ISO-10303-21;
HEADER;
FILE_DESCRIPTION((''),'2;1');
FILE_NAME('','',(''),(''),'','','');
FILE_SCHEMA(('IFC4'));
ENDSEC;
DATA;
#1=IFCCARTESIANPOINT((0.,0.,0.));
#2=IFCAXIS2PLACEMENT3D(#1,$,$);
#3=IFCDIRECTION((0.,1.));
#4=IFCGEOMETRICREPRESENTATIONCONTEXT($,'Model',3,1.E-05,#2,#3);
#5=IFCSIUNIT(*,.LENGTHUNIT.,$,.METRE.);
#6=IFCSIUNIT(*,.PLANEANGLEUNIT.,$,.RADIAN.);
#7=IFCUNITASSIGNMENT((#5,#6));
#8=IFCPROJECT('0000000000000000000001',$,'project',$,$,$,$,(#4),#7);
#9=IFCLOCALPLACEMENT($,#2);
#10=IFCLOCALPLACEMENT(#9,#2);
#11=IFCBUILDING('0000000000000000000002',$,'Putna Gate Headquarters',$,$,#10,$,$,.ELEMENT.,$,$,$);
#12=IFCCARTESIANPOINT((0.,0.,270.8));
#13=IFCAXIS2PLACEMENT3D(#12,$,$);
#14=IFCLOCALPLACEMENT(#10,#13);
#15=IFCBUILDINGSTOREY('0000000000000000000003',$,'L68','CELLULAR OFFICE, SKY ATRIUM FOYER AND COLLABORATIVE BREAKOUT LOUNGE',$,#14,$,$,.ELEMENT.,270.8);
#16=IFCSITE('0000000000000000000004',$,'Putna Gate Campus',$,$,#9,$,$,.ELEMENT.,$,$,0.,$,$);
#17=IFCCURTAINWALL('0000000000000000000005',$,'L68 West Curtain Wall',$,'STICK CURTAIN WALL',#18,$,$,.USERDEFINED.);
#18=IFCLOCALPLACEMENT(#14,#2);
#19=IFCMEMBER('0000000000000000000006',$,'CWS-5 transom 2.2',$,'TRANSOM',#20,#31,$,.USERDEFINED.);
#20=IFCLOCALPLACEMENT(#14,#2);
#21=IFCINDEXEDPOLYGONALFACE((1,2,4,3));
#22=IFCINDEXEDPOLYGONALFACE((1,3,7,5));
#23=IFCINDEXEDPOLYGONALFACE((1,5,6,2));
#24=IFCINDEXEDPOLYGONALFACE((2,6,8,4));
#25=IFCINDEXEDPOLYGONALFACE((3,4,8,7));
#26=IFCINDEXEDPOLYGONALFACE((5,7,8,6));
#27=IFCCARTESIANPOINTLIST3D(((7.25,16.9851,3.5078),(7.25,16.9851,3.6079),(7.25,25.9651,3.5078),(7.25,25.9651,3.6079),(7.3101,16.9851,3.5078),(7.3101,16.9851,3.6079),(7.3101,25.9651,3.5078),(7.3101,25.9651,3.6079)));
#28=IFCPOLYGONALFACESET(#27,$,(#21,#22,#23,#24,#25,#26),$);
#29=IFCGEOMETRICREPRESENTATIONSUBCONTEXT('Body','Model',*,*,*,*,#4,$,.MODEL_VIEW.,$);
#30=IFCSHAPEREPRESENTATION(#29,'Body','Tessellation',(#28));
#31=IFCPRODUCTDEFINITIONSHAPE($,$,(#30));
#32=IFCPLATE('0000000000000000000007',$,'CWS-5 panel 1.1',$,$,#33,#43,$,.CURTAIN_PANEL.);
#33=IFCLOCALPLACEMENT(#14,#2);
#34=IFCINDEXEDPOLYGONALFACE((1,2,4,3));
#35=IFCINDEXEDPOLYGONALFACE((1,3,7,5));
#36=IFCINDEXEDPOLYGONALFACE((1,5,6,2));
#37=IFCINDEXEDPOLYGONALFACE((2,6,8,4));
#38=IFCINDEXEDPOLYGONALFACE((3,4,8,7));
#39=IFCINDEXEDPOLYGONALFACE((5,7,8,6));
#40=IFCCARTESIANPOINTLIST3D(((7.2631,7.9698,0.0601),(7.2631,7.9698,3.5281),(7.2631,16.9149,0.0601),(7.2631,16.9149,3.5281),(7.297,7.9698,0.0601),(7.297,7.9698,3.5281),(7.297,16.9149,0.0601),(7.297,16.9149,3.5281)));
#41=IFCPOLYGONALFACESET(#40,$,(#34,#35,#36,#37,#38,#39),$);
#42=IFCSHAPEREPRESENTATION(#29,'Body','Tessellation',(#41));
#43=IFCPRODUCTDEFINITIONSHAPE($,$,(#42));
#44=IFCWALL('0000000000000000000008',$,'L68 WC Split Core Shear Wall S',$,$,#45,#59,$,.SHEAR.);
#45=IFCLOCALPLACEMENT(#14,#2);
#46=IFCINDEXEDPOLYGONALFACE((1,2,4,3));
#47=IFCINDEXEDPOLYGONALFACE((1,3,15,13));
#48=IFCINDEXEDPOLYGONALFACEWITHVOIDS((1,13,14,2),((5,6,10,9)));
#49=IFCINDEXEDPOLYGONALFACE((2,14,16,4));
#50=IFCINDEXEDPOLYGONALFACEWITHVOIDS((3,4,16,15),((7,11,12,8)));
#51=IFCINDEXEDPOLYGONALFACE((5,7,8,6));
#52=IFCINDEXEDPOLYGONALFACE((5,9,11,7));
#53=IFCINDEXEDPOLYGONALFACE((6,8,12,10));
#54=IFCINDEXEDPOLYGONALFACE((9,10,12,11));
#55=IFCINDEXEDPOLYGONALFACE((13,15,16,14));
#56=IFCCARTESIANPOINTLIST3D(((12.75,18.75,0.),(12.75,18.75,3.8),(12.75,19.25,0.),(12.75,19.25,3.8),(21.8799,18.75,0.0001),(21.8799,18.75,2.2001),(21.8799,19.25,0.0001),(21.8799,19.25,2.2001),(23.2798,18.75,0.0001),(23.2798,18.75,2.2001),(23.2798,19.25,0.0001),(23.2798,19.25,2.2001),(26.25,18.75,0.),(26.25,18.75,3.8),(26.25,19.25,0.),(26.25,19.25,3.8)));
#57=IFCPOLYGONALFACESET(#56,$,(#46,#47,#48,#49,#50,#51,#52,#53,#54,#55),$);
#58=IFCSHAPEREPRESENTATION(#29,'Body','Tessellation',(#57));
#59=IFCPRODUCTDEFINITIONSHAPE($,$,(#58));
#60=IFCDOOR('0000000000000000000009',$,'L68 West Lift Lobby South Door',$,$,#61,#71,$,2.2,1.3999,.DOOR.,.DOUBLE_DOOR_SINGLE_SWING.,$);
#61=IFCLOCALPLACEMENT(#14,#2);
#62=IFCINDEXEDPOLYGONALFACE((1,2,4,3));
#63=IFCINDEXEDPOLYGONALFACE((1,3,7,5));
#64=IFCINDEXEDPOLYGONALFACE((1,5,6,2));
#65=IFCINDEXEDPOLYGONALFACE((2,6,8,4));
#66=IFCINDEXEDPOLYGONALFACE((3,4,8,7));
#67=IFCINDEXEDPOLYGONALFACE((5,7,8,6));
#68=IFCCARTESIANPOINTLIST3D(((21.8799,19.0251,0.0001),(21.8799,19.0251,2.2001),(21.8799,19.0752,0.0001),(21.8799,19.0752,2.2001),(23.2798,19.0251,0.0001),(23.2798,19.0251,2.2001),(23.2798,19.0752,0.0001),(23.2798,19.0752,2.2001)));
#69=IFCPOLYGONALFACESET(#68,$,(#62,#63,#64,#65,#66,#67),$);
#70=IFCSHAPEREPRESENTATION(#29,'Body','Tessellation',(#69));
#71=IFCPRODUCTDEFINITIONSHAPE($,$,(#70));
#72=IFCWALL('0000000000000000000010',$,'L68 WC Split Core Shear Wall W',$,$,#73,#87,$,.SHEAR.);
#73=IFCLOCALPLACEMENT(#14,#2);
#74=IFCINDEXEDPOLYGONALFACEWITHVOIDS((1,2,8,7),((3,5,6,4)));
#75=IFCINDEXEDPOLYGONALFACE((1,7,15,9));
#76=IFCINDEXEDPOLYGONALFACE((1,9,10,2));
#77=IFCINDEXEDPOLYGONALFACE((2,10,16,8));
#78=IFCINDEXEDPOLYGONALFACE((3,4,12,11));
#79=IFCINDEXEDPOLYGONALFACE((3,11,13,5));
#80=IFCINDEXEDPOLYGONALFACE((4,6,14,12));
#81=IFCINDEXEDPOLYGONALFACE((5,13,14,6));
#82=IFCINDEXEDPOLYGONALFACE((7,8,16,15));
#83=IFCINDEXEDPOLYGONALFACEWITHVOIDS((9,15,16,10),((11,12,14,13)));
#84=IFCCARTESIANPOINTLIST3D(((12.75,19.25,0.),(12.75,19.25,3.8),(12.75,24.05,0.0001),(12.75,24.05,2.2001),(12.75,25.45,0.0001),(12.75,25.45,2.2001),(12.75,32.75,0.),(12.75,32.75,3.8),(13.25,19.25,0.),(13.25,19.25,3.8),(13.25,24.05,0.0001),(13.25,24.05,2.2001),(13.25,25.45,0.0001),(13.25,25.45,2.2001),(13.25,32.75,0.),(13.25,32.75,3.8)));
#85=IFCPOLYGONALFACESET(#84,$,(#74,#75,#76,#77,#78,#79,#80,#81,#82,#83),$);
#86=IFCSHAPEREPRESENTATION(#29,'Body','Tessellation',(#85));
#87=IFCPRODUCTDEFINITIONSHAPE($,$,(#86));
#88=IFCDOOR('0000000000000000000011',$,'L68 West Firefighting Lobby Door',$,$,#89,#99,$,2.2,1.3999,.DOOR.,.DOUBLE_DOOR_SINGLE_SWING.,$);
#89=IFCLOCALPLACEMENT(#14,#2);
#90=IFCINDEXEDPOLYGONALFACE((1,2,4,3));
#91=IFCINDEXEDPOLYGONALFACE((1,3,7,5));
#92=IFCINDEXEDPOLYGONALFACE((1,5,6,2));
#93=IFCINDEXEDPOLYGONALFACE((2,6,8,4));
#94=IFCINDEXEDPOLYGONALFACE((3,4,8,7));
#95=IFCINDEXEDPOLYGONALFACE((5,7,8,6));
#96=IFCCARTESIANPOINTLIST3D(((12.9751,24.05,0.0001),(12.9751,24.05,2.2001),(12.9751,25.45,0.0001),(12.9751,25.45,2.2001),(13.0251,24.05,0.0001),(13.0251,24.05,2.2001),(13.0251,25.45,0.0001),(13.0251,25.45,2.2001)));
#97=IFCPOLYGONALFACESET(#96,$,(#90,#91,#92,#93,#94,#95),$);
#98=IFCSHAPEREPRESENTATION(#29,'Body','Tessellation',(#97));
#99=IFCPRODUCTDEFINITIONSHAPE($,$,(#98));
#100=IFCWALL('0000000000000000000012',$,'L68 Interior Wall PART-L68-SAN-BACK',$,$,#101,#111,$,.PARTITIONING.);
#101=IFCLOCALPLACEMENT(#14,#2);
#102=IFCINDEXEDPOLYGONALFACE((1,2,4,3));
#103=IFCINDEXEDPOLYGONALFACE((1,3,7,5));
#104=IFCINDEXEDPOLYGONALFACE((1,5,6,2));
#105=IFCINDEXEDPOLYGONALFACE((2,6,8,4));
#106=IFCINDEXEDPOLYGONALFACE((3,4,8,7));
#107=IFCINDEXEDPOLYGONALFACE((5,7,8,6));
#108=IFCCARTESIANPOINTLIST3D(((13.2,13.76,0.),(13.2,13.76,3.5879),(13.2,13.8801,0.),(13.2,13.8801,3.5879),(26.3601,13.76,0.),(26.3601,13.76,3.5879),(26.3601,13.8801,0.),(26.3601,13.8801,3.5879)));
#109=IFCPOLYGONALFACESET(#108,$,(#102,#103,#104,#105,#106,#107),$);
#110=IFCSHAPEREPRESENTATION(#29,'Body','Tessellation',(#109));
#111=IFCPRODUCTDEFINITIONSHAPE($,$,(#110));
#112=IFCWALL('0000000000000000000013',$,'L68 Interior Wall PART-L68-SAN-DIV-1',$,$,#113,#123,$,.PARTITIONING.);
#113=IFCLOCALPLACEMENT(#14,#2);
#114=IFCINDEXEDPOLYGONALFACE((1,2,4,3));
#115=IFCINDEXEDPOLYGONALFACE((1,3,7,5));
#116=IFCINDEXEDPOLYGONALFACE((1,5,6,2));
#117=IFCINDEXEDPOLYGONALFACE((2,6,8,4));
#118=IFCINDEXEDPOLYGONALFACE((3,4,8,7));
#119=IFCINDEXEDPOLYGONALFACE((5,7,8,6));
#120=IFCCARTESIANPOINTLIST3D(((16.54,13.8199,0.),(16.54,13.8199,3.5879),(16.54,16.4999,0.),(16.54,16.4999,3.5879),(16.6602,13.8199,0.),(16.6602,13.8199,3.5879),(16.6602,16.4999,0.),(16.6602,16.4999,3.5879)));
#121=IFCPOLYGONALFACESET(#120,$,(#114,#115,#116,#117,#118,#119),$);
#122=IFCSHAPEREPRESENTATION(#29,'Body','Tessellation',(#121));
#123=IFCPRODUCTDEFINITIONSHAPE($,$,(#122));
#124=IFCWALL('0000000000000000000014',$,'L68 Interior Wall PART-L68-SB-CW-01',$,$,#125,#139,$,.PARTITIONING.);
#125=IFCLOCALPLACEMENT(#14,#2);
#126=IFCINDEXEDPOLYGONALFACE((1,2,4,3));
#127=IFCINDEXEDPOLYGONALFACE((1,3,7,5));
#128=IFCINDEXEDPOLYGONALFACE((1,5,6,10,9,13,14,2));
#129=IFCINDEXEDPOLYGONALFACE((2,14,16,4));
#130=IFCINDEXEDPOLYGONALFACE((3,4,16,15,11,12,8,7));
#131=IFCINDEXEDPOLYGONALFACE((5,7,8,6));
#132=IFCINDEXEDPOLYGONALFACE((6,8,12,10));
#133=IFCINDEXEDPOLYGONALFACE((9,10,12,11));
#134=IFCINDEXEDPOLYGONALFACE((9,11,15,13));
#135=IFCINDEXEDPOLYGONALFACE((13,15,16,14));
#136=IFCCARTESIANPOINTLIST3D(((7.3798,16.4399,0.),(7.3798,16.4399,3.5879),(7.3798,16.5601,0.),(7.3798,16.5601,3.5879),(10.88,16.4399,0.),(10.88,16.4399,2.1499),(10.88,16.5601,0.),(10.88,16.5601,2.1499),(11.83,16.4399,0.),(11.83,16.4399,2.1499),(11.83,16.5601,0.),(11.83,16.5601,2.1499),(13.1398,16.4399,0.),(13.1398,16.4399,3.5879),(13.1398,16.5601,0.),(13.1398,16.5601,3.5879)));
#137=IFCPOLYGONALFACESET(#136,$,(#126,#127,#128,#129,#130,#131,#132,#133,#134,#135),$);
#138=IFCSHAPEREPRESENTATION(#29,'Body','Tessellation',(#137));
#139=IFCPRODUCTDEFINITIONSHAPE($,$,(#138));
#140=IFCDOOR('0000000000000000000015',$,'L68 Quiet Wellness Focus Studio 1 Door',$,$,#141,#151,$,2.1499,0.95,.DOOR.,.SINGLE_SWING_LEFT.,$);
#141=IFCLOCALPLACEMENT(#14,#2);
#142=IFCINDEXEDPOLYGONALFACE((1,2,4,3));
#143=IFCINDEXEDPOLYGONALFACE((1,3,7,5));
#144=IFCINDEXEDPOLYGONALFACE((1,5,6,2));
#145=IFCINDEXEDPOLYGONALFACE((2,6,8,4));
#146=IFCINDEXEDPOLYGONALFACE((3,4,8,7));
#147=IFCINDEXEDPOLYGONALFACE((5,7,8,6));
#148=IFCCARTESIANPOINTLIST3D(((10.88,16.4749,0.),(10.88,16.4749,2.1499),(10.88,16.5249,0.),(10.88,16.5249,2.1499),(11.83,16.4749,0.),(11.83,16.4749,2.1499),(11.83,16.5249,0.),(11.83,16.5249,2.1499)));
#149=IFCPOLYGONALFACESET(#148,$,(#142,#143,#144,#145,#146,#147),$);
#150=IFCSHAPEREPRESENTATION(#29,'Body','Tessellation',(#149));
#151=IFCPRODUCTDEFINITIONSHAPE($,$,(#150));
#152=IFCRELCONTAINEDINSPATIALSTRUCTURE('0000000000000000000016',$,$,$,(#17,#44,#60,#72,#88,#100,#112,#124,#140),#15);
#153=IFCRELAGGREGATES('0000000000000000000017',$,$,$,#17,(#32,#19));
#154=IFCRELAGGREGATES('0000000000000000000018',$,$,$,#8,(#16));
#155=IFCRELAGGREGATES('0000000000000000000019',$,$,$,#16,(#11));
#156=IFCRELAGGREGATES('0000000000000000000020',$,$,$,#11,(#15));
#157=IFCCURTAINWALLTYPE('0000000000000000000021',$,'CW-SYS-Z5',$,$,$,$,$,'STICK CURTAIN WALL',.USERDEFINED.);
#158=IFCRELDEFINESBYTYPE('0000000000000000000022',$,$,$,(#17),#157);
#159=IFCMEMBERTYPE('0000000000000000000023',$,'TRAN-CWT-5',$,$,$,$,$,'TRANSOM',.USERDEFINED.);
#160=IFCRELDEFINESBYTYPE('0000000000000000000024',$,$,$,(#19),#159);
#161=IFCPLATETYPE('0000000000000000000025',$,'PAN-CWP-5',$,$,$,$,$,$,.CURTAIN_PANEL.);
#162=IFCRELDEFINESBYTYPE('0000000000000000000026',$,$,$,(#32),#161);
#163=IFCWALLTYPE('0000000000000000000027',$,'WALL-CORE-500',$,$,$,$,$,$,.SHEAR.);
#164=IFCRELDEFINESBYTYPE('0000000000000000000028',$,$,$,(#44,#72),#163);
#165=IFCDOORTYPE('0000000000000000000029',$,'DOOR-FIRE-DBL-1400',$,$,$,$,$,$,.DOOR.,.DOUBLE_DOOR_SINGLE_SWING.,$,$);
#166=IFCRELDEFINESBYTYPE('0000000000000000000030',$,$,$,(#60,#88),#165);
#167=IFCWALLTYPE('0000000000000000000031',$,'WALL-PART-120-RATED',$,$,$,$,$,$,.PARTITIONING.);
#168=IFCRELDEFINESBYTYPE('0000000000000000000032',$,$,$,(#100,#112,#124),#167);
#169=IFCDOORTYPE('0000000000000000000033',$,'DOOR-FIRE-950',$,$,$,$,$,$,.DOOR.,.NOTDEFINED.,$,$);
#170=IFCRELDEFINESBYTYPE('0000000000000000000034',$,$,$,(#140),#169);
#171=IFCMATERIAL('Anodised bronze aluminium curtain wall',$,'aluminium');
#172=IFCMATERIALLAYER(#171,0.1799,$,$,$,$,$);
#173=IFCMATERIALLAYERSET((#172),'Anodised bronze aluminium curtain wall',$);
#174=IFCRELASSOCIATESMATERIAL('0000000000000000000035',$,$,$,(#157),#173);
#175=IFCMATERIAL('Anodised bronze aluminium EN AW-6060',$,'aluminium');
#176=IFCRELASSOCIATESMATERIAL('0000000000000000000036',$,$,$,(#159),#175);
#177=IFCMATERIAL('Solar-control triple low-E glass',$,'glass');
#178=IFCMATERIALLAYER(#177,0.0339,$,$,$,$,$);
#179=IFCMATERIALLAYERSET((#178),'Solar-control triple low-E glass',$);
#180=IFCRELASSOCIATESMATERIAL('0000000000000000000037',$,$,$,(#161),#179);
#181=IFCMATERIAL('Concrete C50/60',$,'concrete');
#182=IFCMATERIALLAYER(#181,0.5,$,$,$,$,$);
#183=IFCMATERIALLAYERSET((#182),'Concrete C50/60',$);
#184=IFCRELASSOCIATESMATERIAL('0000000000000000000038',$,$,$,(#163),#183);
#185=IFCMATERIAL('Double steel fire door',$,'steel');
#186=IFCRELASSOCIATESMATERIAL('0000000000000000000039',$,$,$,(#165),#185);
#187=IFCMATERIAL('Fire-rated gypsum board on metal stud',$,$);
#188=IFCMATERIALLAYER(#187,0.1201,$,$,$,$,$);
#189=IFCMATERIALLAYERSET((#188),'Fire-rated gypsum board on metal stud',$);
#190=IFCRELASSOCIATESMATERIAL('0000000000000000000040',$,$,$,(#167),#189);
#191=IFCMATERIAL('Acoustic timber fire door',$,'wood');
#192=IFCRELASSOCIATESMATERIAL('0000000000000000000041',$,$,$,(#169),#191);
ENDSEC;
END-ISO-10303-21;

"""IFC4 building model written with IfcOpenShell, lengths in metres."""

from ifc_helpers import new_model, si_unit, direction, frame, frame_2d, origin, origin_2d, place, context, subcontext, project, spatial, rectangle, extrude, material, layer, layer_set, material_profile, profile_set, type_object, element, fill, aggregate, save


model = new_model("IFC4")

# Units and contexts
model_context = context("Model", 3, precision=1e-05, world=origin(), true_north=direction((0.0, 1.0)))
body_context = subcontext(model_context, "Body", "Model", "MODEL_VIEW")
ifc_project = project(units=[si_unit("LENGTHUNIT", "METRE"), si_unit("PLANEANGLEUNIT", "RADIAN")], contexts=[model_context])

# Site, building, storey
site_placement = place(None, origin())
site = spatial("IfcSite", under=ifc_project, at=site_placement, Name="Putna Gate Campus", CompositionType="ELEMENT", RefElevation=0.0)
building_placement = place(site_placement, origin())
building = spatial("IfcBuilding", under=site, at=building_placement, Name="Putna Gate Headquarters", CompositionType="ELEMENT")
storey_placement = place(building_placement, frame((0.0, 0.0, 270.8)))
storey = spatial("IfcBuildingStorey", under=building, at=storey_placement, Name="L68", Description="CELLULAR OFFICE, SKY ATRIUM FOYER AND COLLABORATIVE BREAKOUT LOUNGE", CompositionType="ELEMENT", Elevation=270.8)

# Curtain wall, member, plate
ifc_material_1 = material(Name="Anodised bronze aluminium curtain wall", Category="aluminium")
ifc_layer_1 = layer(ifc_material_1, 0.1799)
ifc_layer_set_1 = layer_set([ifc_layer_1], Name="Anodised bronze aluminium curtain wall")
curtain_wall_type = type_object("IfcCurtainWallType", Name="CW-SYS-Z5", ElementType="STICK CURTAIN WALL", PredefinedType="USERDEFINED", material=ifc_layer_set_1)
curtain_wall_placement = place(storey_placement, origin())
curtain_wall = element("IfcCurtainWall", 1, at=curtain_wall_placement, inside=storey, type_object=curtain_wall_type, Name="L68 West Curtain Wall", ObjectType="STICK CURTAIN WALL", PredefinedType="USERDEFINED")
ifc_material_2 = material(Name="Anodised bronze aluminium EN AW-6060", Category="aluminium")
ifc_material_profile_1 = material_profile(ifc_material_2, rectangle(XDim=0.0601, YDim=0.1001, at=origin_2d()), Name="Anodised bronze aluminium EN AW-6060")
ifc_profile_set_1 = profile_set([ifc_material_profile_1], Name="Anodised bronze aluminium EN AW-6060")
member_type_1 = type_object("IfcMemberType", Name="TRAN-CWT-5", ElementType="TRANSOM", PredefinedType="USERDEFINED", material=ifc_profile_set_1)
member_1_placement = place(storey_placement, frame((7.28, 16.9851, 3.5579), z_axis=(0.0, 1.0, 0.0), x_axis=(-1.0, 0.0, 0.0)))
member_1 = element("IfcMember", 2, at=member_1_placement, type_object=member_type_1, Name="CWS-5 transom 2.2", ObjectType="TRANSOM", PredefinedType="USERDEFINED", context=body_context, shape_type="SweptSolid", body=[
    extrude(rectangle(XDim=0.0601, YDim=0.1001, at=origin_2d()), origin(), (0.0, 0.0, 1.0), 8.98),
])
ifc_material_3 = material(Name="Solar-control triple low-E glass", Category="glass")
ifc_layer_2 = layer(ifc_material_3, 0.0339)
ifc_layer_set_2 = layer_set([ifc_layer_2], Name="Solar-control triple low-E glass")
plate_type = type_object("IfcPlateType", Name="PAN-CWP-5", PredefinedType="CURTAIN_PANEL", material=ifc_layer_set_2)
plate_placement = place(storey_placement, frame((7.28, 12.4424, 0.0601), z_axis=(0.0, 0.0, 1.0), x_axis=(0.0, 1.0, 0.0)))
plate = element("IfcPlate", 3, at=plate_placement, type_object=plate_type, Name="CWS-5 panel 1.1", PredefinedType="CURTAIN_PANEL", context=body_context, shape_type="SweptSolid", body=[
    extrude(rectangle(XDim=8.9451, YDim=0.0339, at=origin_2d()), origin(), (0.0, 0.0, 1.0), 3.468),
])
aggregate(curtain_wall, [plate, member_1])

# Walls, openings, doors
ifc_material_4 = material(Name="Concrete C50/60", Category="concrete")
ifc_layer_3 = layer(ifc_material_4, 0.5)
ifc_layer_set_3 = layer_set([ifc_layer_3], Name="Concrete C50/60")
wall_type_1 = type_object("IfcWallType", Name="WALL-CORE-500", PredefinedType="SHEAR", material=ifc_layer_set_3)
wall_1_placement = place(storey_placement, frame((12.75, 19.0, 0.0), z_axis=(0.0, 0.0, 1.0), x_axis=(1.0, 0.0, 0.0)))
wall_1 = element("IfcWall", 4, at=wall_1_placement, inside=storey, type_object=wall_type_1, Name="L68 WC Split Core Shear Wall S", PredefinedType="SHEAR", context=body_context, shape_type="SweptSolid", body=[
    extrude(rectangle(XDim=13.5, YDim=0.5, at=frame_2d((6.75, 0.0))), origin(), (0.0, 0.0, 1.0), 3.8),
])
opening_1_placement = place(wall_1_placement, frame((9.1299, 0.0, 0.0)))
opening_1 = element("IfcOpeningElement", 5, at=opening_1_placement, cuts=wall_1, PredefinedType="OPENING", context=body_context, shape_type="SweptSolid", body=[
    extrude(rectangle(XDim=1.3999, YDim=2.2, at=frame_2d((0.7, 1.1001))), frame((0.0, 0.26, 0.0), z_axis=(0.0, -1.0, 0.0), x_axis=(1.0, 0.0, 0.0)), (0.0, 0.0, 1.0), 0.52),
])
ifc_material_5 = material(Name="Double steel fire door", Category="steel")
door_type_1 = type_object("IfcDoorType", Name="DOOR-FIRE-DBL-1400", OperationType="DOUBLE_DOOR_SINGLE_SWING", PredefinedType="DOOR", material=ifc_material_5)
door_1_placement = place(opening_1_placement, origin())
door_1 = element("IfcDoor", 6, at=door_1_placement, inside=storey, type_object=door_type_1, Name="L68 West Lift Lobby South Door", OperationType="DOUBLE_DOOR_SINGLE_SWING", OverallHeight=2.2, OverallWidth=1.3999, PredefinedType="DOOR", context=body_context, shape_type="SweptSolid", body=[
    extrude(rectangle(XDim=1.3999, YDim=2.2, at=frame_2d((0.7, 1.1001))), frame((0.0, 0.0752, 0.0), z_axis=(0.0, -1.0, 0.0), x_axis=(1.0, 0.0, 0.0)), (0.0, 0.0, 1.0), 0.05),
])
fill(opening_1, door_1)
wall_2_placement = place(storey_placement, frame((13.0, 19.25, 0.0), z_axis=(0.0, 0.0, 1.0), x_axis=(0.0, 1.0, 0.0)))
wall_2 = element("IfcWall", 7, at=wall_2_placement, inside=storey, type_object=wall_type_1, Name="L68 WC Split Core Shear Wall W", PredefinedType="SHEAR", context=body_context, shape_type="SweptSolid", body=[
    extrude(rectangle(XDim=13.5, YDim=0.5, at=frame_2d((6.75, 0.0))), origin(), (0.0, 0.0, 1.0), 3.8),
])
opening_2_placement = place(wall_2_placement, frame((4.8, 0.0, 0.0)))
opening_2 = element("IfcOpeningElement", 8, at=opening_2_placement, cuts=wall_2, PredefinedType="OPENING", context=body_context, shape_type="SweptSolid", body=[
    extrude(rectangle(XDim=1.3999, YDim=2.2, at=frame_2d((0.7, 1.1001))), frame((0.0, 0.26, 0.0), z_axis=(0.0, -1.0, 0.0), x_axis=(1.0, 0.0, 0.0)), (0.0, 0.0, 1.0), 0.52),
])
door_2_placement = place(opening_2_placement, origin())
door_2 = element("IfcDoor", 9, at=door_2_placement, inside=storey, type_object=door_type_1, Name="L68 West Firefighting Lobby Door", OperationType="DOUBLE_DOOR_SINGLE_SWING", OverallHeight=2.2, OverallWidth=1.3999, PredefinedType="DOOR", context=body_context, shape_type="SweptSolid", body=[
    extrude(rectangle(XDim=1.3999, YDim=2.2, at=frame_2d((0.7, 1.1001))), frame((0.0, 0.0249, 0.0), z_axis=(0.0, -1.0, 0.0), x_axis=(1.0, 0.0, 0.0)), (0.0, 0.0, 1.0), 0.05),
])
fill(opening_2, door_2)

# Shared definitions
ifc_material_6 = material(Name="Fire-rated gypsum board on metal stud")
ifc_layer_4 = layer(ifc_material_6, 0.1201)
ifc_layer_set_4 = layer_set([ifc_layer_4], Name="Fire-rated gypsum board on metal stud")
wall_type_2 = type_object("IfcWallType", Name="WALL-PART-120-RATED", PredefinedType="PARTITIONING", material=ifc_layer_set_4)
ifc_material_7 = material(Name="Acoustic timber fire door", Category="wood")
door_type_2 = type_object("IfcDoorType", Name="DOOR-FIRE-950", OperationType="NOTDEFINED", PredefinedType="DOOR", material=ifc_material_7)

# Walls
wall_3_placement = place(storey_placement, frame((13.2, 13.8201, 0.0), z_axis=(0.0, 0.0, 1.0), x_axis=(1.0, 0.0, 0.0)))
element("IfcWall", 10, at=wall_3_placement, inside=storey, type_object=wall_type_2, Name="L68 Interior Wall PART-L68-SAN-BACK", PredefinedType="PARTITIONING", context=body_context, shape_type="SweptSolid", body=[
    extrude(rectangle(XDim=13.1602, YDim=0.1201, at=frame_2d((6.5801, 0.0))), origin(), (0.0, 0.0, 1.0), 3.5879),
])
wall_4_placement = place(storey_placement, frame((16.6001, 13.8201, 0.0), z_axis=(0.0, 0.0, 1.0), x_axis=(0.0, 1.0, 0.0)))
element("IfcWall", 11, at=wall_4_placement, inside=storey, type_object=wall_type_2, Name="L68 Interior Wall PART-L68-SAN-DIV-1", PredefinedType="PARTITIONING", context=body_context, shape_type="SweptSolid", body=[
    extrude(rectangle(XDim=2.6799, YDim=0.1201, at=frame_2d((1.3398, 0.0))), origin(), (0.0, 0.0, 1.0), 3.5879),
])

# Wall, opening, door
wall_5_placement = place(storey_placement, frame((7.3799, 16.5, 0.0), z_axis=(0.0, 0.0, 1.0), x_axis=(1.0, 0.0, 0.0)))
wall_5 = element("IfcWall", 12, at=wall_5_placement, inside=storey, type_object=wall_type_2, Name="L68 Interior Wall PART-L68-SB-CW-01", PredefinedType="PARTITIONING", context=body_context, shape_type="SweptSolid", body=[
    extrude(rectangle(XDim=5.76, YDim=0.1201, at=frame_2d((2.8799, 0.0))), origin(), (0.0, 0.0, 1.0), 3.5879),
])
opening_3_placement = place(wall_5_placement, frame((3.5, 0.0, 0.0)))
opening_3 = element("IfcOpeningElement", 13, at=opening_3_placement, cuts=wall_5, PredefinedType="OPENING", context=body_context, shape_type="SweptSolid", body=[
    extrude(rectangle(XDim=0.95, YDim=2.1499, at=frame_2d((0.4751, 1.075))), frame((0.0, 0.0701, 0.0), z_axis=(0.0, -1.0, 0.0), x_axis=(1.0, 0.0, 0.0)), (0.0, 0.0, 1.0), 0.1401),
])
door_3_placement = place(opening_3_placement, origin())
door_3 = element("IfcDoor", 14, at=door_3_placement, inside=storey, type_object=door_type_2, Name="L68 Quiet Wellness Focus Studio 1 Door", OperationType="SINGLE_SWING_LEFT", OverallHeight=2.1499, OverallWidth=0.95, PredefinedType="DOOR", context=body_context, shape_type="SweptSolid", body=[
    extrude(rectangle(XDim=0.95, YDim=2.1499, at=frame_2d((0.4751, 1.075))), frame((0.0, 0.0249, 0.0), z_axis=(0.0, -1.0, 0.0), x_axis=(1.0, 0.0, 0.0)), (0.0, 0.0, 1.0), 0.05),
])
fill(opening_3, door_3)

save(model, "model.ifc")
